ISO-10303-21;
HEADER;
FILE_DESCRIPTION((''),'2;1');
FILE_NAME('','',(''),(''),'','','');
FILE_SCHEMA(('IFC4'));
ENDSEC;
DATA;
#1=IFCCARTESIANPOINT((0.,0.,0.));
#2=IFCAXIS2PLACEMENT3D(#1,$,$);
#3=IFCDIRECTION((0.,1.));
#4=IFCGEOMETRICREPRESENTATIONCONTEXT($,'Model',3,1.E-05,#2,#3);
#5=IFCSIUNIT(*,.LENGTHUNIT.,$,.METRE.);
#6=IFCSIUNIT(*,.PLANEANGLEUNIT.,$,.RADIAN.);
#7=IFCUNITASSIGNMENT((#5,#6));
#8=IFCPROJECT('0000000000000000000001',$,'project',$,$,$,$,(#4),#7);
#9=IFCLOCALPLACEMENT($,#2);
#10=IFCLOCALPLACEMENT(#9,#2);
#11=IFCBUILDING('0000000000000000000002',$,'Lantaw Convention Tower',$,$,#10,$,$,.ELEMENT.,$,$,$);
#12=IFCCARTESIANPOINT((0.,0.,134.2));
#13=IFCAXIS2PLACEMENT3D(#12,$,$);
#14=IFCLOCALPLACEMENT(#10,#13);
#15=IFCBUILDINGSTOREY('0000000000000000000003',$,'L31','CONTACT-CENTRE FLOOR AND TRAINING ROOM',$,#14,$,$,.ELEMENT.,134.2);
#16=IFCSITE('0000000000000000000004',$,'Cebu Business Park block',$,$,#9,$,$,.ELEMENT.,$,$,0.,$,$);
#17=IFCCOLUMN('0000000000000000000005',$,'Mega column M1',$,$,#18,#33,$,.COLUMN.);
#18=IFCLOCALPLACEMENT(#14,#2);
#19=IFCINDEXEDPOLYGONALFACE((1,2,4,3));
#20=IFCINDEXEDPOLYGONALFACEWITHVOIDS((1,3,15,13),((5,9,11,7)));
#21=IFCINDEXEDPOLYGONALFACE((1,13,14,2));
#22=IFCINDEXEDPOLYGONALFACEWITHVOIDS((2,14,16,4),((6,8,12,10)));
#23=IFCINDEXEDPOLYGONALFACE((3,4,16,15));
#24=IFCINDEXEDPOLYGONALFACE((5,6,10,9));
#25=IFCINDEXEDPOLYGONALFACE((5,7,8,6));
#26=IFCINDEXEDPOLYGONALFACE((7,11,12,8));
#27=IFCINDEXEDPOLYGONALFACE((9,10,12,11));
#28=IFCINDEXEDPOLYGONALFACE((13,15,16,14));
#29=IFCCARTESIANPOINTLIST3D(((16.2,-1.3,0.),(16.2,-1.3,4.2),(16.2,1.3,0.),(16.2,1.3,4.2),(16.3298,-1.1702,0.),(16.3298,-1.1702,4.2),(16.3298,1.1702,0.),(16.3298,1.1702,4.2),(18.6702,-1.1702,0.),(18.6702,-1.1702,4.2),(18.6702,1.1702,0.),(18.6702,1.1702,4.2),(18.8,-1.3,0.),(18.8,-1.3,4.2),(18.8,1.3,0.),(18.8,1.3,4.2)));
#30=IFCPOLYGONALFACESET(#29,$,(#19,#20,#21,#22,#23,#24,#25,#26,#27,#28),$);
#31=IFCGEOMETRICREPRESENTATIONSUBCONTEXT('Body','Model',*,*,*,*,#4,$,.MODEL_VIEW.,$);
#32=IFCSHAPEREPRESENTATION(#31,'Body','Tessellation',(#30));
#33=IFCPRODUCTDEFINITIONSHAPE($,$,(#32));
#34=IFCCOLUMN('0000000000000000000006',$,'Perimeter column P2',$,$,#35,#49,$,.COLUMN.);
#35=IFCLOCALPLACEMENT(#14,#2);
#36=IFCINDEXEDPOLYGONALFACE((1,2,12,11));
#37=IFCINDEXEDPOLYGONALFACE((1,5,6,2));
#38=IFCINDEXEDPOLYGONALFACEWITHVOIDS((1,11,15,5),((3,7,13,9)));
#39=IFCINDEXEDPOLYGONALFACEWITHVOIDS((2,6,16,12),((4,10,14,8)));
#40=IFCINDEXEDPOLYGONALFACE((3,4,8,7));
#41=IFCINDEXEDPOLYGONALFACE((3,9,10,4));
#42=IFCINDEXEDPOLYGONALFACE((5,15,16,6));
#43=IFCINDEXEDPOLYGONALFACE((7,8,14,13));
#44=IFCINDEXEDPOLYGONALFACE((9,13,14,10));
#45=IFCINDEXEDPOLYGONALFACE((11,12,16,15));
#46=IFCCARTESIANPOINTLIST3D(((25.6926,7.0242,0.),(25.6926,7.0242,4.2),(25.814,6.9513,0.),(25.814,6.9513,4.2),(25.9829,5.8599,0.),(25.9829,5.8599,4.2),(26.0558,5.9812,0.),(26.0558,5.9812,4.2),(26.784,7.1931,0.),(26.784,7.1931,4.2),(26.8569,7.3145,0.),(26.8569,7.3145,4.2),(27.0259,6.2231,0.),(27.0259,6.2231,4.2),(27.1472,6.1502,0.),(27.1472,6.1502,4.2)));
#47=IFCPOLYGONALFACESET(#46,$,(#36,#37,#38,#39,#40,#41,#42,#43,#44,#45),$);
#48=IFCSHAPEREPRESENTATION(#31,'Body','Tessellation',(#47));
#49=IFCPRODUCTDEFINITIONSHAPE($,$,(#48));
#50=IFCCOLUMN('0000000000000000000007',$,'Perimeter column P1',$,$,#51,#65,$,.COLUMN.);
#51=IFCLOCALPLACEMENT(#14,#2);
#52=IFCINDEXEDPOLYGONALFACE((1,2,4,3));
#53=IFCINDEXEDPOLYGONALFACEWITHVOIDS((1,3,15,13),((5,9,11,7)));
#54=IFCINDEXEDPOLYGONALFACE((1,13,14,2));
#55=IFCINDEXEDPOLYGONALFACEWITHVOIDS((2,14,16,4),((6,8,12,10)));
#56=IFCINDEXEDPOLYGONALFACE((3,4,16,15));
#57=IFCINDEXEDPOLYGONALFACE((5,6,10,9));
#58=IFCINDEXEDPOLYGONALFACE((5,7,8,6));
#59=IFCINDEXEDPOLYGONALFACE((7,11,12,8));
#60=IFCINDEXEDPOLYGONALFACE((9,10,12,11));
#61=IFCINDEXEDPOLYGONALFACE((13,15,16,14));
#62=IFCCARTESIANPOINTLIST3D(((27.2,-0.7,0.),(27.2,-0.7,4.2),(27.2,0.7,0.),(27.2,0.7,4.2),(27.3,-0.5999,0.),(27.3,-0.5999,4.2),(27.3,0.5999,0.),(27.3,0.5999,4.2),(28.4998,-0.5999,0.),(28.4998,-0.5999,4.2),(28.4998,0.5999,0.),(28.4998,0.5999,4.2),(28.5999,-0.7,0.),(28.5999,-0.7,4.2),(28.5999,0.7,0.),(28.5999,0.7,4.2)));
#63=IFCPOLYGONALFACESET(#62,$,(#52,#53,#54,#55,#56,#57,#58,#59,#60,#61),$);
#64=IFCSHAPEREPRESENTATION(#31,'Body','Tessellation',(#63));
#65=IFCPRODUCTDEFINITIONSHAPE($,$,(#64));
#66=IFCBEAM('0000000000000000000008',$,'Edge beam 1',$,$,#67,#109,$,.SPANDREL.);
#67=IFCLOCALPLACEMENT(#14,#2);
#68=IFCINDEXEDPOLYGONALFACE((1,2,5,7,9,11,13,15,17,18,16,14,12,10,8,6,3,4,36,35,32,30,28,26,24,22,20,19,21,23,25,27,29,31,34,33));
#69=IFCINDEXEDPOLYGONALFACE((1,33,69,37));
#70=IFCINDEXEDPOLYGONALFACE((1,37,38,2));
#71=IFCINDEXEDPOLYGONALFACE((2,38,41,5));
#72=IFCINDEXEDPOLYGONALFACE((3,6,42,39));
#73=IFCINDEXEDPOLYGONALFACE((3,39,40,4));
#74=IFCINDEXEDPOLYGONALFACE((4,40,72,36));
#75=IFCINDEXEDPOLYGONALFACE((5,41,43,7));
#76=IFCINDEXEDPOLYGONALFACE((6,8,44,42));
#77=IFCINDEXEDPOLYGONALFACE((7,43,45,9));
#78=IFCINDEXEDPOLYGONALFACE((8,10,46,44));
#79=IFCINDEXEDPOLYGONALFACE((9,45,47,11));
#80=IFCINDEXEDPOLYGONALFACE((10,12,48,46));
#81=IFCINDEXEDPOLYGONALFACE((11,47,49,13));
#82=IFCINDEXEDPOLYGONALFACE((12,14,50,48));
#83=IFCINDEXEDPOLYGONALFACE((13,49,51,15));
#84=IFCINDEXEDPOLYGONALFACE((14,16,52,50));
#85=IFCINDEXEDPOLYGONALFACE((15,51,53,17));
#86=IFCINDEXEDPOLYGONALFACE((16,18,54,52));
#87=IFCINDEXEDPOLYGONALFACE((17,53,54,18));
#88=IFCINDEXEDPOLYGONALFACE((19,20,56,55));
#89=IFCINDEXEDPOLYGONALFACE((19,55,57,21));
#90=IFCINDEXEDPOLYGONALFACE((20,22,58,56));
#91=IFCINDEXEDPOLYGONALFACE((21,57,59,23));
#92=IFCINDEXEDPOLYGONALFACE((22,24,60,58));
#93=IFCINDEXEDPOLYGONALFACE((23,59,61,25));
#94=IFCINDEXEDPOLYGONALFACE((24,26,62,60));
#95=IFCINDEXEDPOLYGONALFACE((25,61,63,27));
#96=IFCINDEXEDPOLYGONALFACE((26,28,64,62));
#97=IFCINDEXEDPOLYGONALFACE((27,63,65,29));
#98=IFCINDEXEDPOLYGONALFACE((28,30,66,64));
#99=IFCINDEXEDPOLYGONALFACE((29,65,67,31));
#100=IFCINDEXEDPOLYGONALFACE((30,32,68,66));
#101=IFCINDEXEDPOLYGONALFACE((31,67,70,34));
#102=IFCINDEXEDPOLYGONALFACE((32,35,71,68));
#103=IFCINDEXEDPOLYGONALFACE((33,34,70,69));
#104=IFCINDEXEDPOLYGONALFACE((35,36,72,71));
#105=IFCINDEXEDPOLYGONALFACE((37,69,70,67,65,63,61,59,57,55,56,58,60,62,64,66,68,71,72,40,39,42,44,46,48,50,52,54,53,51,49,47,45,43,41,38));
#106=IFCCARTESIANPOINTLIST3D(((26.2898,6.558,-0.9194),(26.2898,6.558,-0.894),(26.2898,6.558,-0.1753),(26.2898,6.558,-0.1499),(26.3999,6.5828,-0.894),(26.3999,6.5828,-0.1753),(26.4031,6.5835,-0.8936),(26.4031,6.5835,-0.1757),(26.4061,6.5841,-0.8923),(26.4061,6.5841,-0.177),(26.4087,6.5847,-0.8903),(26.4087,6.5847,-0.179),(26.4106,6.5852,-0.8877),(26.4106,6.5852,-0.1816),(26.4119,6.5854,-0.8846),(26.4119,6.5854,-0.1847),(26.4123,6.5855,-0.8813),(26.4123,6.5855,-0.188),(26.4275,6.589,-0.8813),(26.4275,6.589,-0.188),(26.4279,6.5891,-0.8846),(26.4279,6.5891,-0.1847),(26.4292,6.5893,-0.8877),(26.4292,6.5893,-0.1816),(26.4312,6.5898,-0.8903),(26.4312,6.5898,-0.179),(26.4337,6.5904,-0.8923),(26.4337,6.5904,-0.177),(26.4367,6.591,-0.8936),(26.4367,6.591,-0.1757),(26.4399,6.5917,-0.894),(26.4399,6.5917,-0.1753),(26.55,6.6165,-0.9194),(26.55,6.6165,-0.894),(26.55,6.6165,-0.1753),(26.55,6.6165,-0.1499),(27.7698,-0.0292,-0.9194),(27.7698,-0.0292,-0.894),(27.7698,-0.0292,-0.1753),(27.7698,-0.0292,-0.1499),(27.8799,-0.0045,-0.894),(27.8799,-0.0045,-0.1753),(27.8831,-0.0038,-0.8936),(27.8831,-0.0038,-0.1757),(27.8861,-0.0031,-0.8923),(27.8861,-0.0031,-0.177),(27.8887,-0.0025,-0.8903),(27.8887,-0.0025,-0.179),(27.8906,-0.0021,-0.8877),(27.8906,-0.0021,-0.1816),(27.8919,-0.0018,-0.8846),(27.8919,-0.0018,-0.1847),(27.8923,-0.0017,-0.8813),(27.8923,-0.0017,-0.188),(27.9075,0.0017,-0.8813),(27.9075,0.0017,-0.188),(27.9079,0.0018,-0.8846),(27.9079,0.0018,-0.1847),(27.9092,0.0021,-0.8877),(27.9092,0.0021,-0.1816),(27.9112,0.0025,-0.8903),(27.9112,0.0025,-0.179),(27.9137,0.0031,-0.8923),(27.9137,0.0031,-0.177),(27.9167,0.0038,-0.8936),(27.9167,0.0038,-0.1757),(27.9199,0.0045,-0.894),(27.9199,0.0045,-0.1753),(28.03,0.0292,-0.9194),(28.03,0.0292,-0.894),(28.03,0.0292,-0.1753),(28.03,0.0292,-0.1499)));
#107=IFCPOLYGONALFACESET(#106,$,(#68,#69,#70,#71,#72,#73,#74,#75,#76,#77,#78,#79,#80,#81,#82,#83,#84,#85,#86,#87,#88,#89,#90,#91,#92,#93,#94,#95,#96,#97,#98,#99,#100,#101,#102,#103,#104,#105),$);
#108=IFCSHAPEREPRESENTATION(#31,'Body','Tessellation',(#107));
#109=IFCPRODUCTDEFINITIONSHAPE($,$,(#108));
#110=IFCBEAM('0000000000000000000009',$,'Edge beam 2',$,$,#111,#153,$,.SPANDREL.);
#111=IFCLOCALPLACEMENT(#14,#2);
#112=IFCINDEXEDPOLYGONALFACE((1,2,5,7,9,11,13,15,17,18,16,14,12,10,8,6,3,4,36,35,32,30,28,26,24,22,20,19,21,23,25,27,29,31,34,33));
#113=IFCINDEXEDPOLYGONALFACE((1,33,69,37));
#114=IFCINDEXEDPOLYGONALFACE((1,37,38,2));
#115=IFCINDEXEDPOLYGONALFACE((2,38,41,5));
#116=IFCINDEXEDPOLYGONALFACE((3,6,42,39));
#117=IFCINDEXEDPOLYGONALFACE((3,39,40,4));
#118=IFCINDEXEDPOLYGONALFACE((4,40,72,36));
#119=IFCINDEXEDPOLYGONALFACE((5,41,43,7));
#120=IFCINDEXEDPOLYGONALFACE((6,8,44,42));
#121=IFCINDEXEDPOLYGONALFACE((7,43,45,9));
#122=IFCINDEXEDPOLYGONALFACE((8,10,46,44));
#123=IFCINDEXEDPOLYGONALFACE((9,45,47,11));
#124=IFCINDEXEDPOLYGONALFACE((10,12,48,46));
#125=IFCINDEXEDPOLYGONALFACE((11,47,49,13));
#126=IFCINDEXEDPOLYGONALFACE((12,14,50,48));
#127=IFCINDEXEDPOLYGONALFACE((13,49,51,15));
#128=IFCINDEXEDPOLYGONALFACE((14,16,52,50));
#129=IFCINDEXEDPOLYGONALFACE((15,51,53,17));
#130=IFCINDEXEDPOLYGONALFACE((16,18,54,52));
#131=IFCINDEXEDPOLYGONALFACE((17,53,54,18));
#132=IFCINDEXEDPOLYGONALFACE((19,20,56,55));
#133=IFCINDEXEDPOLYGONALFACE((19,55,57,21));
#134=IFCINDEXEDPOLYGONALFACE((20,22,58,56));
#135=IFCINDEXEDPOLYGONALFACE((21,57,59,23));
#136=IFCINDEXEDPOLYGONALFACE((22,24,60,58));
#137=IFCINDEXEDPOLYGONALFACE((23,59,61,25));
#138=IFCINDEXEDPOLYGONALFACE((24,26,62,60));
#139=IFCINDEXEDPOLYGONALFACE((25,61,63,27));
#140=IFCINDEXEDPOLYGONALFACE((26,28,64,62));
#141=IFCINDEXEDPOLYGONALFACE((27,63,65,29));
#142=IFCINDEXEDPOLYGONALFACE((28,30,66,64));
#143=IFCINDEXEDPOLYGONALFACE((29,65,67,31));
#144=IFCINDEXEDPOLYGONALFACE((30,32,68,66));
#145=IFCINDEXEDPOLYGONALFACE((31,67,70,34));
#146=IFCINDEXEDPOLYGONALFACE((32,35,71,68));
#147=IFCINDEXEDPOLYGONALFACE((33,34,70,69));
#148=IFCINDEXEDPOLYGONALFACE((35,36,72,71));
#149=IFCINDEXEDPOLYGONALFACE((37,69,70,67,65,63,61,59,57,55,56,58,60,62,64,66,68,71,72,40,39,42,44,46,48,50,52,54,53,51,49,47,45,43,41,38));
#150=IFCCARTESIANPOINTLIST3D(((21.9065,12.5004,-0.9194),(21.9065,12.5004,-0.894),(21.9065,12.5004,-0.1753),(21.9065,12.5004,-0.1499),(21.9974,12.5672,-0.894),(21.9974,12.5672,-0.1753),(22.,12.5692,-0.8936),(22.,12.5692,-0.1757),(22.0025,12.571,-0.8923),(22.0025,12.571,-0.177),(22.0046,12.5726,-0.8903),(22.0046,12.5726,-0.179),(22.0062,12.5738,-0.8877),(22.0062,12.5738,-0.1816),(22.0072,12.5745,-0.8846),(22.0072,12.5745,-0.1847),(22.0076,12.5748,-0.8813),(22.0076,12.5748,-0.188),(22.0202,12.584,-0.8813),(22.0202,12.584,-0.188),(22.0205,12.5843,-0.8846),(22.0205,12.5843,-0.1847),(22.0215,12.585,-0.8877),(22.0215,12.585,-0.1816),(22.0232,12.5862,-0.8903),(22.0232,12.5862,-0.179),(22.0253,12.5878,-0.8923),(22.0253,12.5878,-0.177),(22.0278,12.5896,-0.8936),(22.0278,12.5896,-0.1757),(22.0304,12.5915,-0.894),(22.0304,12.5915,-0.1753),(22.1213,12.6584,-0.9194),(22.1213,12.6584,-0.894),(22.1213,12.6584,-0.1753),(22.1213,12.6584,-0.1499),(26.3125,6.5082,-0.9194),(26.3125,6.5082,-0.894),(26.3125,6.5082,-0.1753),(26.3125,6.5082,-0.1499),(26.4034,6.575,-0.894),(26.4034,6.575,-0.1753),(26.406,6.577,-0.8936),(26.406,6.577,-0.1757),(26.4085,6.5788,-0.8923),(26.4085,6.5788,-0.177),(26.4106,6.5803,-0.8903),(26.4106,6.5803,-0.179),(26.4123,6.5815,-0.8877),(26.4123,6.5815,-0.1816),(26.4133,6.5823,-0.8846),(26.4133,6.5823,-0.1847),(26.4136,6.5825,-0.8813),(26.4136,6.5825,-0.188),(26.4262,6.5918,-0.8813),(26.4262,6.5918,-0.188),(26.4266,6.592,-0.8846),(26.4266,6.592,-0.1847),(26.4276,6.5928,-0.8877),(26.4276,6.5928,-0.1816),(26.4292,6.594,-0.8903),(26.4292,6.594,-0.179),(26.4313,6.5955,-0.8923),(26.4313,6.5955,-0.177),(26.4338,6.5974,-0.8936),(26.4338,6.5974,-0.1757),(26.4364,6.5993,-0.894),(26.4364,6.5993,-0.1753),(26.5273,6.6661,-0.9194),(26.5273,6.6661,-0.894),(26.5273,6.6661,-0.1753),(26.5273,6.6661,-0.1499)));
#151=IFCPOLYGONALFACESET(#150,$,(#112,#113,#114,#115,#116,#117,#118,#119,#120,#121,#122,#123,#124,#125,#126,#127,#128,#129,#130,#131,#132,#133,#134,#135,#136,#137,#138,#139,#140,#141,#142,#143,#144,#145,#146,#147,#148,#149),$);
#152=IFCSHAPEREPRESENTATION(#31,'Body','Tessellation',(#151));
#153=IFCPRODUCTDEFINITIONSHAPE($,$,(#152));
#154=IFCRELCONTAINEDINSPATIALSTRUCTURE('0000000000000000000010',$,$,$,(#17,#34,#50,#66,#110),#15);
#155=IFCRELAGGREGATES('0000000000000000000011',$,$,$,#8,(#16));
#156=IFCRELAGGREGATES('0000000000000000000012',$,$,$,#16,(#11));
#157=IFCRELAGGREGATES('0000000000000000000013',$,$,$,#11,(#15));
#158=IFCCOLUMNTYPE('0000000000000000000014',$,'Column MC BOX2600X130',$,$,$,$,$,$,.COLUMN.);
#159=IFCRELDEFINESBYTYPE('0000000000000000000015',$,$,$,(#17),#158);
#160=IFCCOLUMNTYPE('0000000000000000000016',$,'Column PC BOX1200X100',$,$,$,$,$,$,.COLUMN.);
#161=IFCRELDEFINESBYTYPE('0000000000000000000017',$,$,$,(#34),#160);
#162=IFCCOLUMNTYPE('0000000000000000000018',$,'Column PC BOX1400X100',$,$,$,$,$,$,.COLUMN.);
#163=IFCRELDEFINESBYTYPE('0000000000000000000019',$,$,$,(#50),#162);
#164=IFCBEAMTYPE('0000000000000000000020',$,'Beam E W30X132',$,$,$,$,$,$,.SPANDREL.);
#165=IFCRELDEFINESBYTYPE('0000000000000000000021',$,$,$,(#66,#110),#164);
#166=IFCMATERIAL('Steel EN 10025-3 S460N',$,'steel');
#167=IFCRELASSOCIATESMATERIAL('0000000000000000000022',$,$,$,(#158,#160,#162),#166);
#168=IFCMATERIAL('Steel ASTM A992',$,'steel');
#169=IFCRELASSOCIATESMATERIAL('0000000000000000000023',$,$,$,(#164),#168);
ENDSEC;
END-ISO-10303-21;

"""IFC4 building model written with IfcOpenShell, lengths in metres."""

from ifc_helpers import new_model, si_unit, direction, frame, origin, origin_2d, place, context, subcontext, project, spatial, rectangle, hollow_rectangle, i_section, extrude, material, material_profile, profile_set, type_object, element, save


model = new_model("IFC4")

# Units and contexts
model_context = context("Model", 3, precision=1e-05, world=origin(), true_north=direction((0.0, 1.0)))
body_context = subcontext(model_context, "Body", "Model", "MODEL_VIEW")
ifc_project = project(units=[si_unit("LENGTHUNIT", "METRE"), si_unit("PLANEANGLEUNIT", "RADIAN")], contexts=[model_context])

# Site, building, storey
site_placement = place(None, origin())
site = spatial("IfcSite", under=ifc_project, at=site_placement, Name="Cebu Business Park block", CompositionType="ELEMENT", RefElevation=0.0)
building_placement = place(site_placement, origin())
building = spatial("IfcBuilding", under=site, at=building_placement, Name="Lantaw Convention Tower", CompositionType="ELEMENT")
storey_placement = place(building_placement, frame((0.0, 0.0, 134.2)))
storey = spatial("IfcBuildingStorey", under=building, at=storey_placement, Name="L31", Description="CONTACT-CENTRE FLOOR AND TRAINING ROOM", CompositionType="ELEMENT", Elevation=134.2)

# Columns
ifc_material_1 = material(Name="Steel EN 10025-3 S460N", Category="steel")
ifc_material_profile_1 = material_profile(ifc_material_1, hollow_rectangle(XDim=2.6001, YDim=2.6001, WallThickness=0.1299, at=origin_2d()), Name="BOX2600X130")
ifc_material_2 = material(Name="Concrete C60/75", Category="concrete")
ifc_material_profile_2 = material_profile(ifc_material_2, rectangle(XDim=2.3401, YDim=2.3401, at=origin_2d()), Name="Concrete fill of BOX2600X130")
ifc_profile_set_1 = profile_set([ifc_material_profile_1, ifc_material_profile_2], Name="Steel EN 10025-3 S460N")
column_type_1 = type_object("IfcColumnType", Name="Column MC BOX2600X130", PredefinedType="COLUMN", material=ifc_profile_set_1)
column_1_placement = place(storey_placement, frame((17.5, 0.0, 0.0), z_axis=(0.0, 0.0, 1.0), x_axis=(1.0, 0.0, 0.0)))
element("IfcColumn", 1, at=column_1_placement, inside=storey, type_object=column_type_1, Name="Mega column M1", PredefinedType="COLUMN", context=body_context, shape_type="SweptSolid", body=[
    extrude(hollow_rectangle(XDim=2.6001, YDim=2.6001, WallThickness=0.1299, at=origin_2d()), origin(), (0.0, 0.0, 1.0), 4.2),
])
ifc_material_profile_3 = material_profile(ifc_material_1, hollow_rectangle(XDim=1.2, YDim=1.2, WallThickness=0.1001, at=origin_2d()), Name="BOX1200X100")
ifc_material_profile_4 = material_profile(ifc_material_2, rectangle(XDim=1.0, YDim=1.0, at=origin_2d()), Name="Concrete fill of BOX1200X100")
ifc_profile_set_2 = profile_set([ifc_material_profile_3, ifc_material_profile_4], Name="Steel EN 10025-3 S460N")
column_type_2 = type_object("IfcColumnType", Name="Column PC BOX1200X100", PredefinedType="COLUMN", material=ifc_profile_set_2)
column_2_placement = place(storey_placement, frame((26.4199, 6.5872, 0.0), z_axis=(0.0, 0.0, 1.0), x_axis=(0.970296, 0.241922, 0.0)))
element("IfcColumn", 2, at=column_2_placement, inside=storey, type_object=column_type_2, Name="Perimeter column P2", PredefinedType="COLUMN", context=body_context, shape_type="SweptSolid", body=[
    extrude(hollow_rectangle(XDim=1.2, YDim=1.2, WallThickness=0.1001, at=origin_2d()), origin(), (0.0, 0.0, 1.0), 4.2),
])
ifc_material_profile_5 = material_profile(ifc_material_1, hollow_rectangle(XDim=1.3999, YDim=1.3999, WallThickness=0.1001, at=origin_2d()), Name="BOX1400X100")
ifc_material_profile_6 = material_profile(ifc_material_2, rectangle(XDim=1.2, YDim=1.2, at=origin_2d()), Name="Concrete fill of BOX1400X100")
ifc_profile_set_3 = profile_set([ifc_material_profile_5, ifc_material_profile_6], Name="Steel EN 10025-3 S460N")
column_type_3 = type_object("IfcColumnType", Name="Column PC BOX1400X100", PredefinedType="COLUMN", material=ifc_profile_set_3)
column_3_placement = place(storey_placement, frame((27.8999, 0.0, 0.0), z_axis=(0.0, 0.0, 1.0), x_axis=(1.0, 0.0, 0.0)))
element("IfcColumn", 3, at=column_3_placement, inside=storey, type_object=column_type_3, Name="Perimeter column P1", PredefinedType="COLUMN", context=body_context, shape_type="SweptSolid", body=[
    extrude(hollow_rectangle(XDim=1.3999, YDim=1.3999, WallThickness=0.1001, at=origin_2d()), origin(), (0.0, 0.0, 1.0), 4.2),
])

# Beams
ifc_material_3 = material(Name="Steel ASTM A992", Category="steel")
ifc_material_profile_7 = material_profile(ifc_material_3, i_section(OverallWidth=0.2666, OverallDepth=0.7695, WebThickness=0.0156, FlangeThickness=0.0254, FilletRadius=0.0127, at=origin_2d()), Name="W30X132")
ifc_profile_set_4 = profile_set([ifc_material_profile_7], Name="Steel ASTM A992")
beam_type_1 = type_object("IfcBeamType", Name="Beam E W30X132", PredefinedType="SPANDREL", material=ifc_profile_set_4)
beam_1_placement = place(storey_placement, frame((27.8999, 0.0, -0.5347), z_axis=(-0.219212, 0.975677, 0.0), x_axis=(-0.975677, -0.219212, 0.0)))
element("IfcBeam", 4, at=beam_1_placement, inside=storey, type_object=beam_type_1, Name="Edge beam 1", PredefinedType="SPANDREL", context=body_context, shape_type="SweptSolid", body=[
    extrude(i_section(OverallWidth=0.2666, OverallDepth=0.7695, WebThickness=0.0156, FlangeThickness=0.0254, FilletRadius=0.0127, at=origin_2d()), origin(), (0.0, 0.0, 1.0), 6.7515),
])
beam_2_placement = place(storey_placement, frame((26.4199, 6.5872, -0.5347), z_axis=(-0.592389, 0.805652, 0.0), x_axis=(-0.805652, -0.592389, 0.0)))
element("IfcBeam", 5, at=beam_2_placement, inside=storey, type_object=beam_type_1, Name="Edge beam 2", PredefinedType="SPANDREL", context=body_context, shape_type="SweptSolid", body=[
    extrude(i_section(OverallWidth=0.2666, OverallDepth=0.7695, WebThickness=0.0156, FlangeThickness=0.0254, FilletRadius=0.0127, at=origin_2d()), origin(), (0.0, 0.0, 1.0), 7.4377),
])

save(model, "model.ifc")
